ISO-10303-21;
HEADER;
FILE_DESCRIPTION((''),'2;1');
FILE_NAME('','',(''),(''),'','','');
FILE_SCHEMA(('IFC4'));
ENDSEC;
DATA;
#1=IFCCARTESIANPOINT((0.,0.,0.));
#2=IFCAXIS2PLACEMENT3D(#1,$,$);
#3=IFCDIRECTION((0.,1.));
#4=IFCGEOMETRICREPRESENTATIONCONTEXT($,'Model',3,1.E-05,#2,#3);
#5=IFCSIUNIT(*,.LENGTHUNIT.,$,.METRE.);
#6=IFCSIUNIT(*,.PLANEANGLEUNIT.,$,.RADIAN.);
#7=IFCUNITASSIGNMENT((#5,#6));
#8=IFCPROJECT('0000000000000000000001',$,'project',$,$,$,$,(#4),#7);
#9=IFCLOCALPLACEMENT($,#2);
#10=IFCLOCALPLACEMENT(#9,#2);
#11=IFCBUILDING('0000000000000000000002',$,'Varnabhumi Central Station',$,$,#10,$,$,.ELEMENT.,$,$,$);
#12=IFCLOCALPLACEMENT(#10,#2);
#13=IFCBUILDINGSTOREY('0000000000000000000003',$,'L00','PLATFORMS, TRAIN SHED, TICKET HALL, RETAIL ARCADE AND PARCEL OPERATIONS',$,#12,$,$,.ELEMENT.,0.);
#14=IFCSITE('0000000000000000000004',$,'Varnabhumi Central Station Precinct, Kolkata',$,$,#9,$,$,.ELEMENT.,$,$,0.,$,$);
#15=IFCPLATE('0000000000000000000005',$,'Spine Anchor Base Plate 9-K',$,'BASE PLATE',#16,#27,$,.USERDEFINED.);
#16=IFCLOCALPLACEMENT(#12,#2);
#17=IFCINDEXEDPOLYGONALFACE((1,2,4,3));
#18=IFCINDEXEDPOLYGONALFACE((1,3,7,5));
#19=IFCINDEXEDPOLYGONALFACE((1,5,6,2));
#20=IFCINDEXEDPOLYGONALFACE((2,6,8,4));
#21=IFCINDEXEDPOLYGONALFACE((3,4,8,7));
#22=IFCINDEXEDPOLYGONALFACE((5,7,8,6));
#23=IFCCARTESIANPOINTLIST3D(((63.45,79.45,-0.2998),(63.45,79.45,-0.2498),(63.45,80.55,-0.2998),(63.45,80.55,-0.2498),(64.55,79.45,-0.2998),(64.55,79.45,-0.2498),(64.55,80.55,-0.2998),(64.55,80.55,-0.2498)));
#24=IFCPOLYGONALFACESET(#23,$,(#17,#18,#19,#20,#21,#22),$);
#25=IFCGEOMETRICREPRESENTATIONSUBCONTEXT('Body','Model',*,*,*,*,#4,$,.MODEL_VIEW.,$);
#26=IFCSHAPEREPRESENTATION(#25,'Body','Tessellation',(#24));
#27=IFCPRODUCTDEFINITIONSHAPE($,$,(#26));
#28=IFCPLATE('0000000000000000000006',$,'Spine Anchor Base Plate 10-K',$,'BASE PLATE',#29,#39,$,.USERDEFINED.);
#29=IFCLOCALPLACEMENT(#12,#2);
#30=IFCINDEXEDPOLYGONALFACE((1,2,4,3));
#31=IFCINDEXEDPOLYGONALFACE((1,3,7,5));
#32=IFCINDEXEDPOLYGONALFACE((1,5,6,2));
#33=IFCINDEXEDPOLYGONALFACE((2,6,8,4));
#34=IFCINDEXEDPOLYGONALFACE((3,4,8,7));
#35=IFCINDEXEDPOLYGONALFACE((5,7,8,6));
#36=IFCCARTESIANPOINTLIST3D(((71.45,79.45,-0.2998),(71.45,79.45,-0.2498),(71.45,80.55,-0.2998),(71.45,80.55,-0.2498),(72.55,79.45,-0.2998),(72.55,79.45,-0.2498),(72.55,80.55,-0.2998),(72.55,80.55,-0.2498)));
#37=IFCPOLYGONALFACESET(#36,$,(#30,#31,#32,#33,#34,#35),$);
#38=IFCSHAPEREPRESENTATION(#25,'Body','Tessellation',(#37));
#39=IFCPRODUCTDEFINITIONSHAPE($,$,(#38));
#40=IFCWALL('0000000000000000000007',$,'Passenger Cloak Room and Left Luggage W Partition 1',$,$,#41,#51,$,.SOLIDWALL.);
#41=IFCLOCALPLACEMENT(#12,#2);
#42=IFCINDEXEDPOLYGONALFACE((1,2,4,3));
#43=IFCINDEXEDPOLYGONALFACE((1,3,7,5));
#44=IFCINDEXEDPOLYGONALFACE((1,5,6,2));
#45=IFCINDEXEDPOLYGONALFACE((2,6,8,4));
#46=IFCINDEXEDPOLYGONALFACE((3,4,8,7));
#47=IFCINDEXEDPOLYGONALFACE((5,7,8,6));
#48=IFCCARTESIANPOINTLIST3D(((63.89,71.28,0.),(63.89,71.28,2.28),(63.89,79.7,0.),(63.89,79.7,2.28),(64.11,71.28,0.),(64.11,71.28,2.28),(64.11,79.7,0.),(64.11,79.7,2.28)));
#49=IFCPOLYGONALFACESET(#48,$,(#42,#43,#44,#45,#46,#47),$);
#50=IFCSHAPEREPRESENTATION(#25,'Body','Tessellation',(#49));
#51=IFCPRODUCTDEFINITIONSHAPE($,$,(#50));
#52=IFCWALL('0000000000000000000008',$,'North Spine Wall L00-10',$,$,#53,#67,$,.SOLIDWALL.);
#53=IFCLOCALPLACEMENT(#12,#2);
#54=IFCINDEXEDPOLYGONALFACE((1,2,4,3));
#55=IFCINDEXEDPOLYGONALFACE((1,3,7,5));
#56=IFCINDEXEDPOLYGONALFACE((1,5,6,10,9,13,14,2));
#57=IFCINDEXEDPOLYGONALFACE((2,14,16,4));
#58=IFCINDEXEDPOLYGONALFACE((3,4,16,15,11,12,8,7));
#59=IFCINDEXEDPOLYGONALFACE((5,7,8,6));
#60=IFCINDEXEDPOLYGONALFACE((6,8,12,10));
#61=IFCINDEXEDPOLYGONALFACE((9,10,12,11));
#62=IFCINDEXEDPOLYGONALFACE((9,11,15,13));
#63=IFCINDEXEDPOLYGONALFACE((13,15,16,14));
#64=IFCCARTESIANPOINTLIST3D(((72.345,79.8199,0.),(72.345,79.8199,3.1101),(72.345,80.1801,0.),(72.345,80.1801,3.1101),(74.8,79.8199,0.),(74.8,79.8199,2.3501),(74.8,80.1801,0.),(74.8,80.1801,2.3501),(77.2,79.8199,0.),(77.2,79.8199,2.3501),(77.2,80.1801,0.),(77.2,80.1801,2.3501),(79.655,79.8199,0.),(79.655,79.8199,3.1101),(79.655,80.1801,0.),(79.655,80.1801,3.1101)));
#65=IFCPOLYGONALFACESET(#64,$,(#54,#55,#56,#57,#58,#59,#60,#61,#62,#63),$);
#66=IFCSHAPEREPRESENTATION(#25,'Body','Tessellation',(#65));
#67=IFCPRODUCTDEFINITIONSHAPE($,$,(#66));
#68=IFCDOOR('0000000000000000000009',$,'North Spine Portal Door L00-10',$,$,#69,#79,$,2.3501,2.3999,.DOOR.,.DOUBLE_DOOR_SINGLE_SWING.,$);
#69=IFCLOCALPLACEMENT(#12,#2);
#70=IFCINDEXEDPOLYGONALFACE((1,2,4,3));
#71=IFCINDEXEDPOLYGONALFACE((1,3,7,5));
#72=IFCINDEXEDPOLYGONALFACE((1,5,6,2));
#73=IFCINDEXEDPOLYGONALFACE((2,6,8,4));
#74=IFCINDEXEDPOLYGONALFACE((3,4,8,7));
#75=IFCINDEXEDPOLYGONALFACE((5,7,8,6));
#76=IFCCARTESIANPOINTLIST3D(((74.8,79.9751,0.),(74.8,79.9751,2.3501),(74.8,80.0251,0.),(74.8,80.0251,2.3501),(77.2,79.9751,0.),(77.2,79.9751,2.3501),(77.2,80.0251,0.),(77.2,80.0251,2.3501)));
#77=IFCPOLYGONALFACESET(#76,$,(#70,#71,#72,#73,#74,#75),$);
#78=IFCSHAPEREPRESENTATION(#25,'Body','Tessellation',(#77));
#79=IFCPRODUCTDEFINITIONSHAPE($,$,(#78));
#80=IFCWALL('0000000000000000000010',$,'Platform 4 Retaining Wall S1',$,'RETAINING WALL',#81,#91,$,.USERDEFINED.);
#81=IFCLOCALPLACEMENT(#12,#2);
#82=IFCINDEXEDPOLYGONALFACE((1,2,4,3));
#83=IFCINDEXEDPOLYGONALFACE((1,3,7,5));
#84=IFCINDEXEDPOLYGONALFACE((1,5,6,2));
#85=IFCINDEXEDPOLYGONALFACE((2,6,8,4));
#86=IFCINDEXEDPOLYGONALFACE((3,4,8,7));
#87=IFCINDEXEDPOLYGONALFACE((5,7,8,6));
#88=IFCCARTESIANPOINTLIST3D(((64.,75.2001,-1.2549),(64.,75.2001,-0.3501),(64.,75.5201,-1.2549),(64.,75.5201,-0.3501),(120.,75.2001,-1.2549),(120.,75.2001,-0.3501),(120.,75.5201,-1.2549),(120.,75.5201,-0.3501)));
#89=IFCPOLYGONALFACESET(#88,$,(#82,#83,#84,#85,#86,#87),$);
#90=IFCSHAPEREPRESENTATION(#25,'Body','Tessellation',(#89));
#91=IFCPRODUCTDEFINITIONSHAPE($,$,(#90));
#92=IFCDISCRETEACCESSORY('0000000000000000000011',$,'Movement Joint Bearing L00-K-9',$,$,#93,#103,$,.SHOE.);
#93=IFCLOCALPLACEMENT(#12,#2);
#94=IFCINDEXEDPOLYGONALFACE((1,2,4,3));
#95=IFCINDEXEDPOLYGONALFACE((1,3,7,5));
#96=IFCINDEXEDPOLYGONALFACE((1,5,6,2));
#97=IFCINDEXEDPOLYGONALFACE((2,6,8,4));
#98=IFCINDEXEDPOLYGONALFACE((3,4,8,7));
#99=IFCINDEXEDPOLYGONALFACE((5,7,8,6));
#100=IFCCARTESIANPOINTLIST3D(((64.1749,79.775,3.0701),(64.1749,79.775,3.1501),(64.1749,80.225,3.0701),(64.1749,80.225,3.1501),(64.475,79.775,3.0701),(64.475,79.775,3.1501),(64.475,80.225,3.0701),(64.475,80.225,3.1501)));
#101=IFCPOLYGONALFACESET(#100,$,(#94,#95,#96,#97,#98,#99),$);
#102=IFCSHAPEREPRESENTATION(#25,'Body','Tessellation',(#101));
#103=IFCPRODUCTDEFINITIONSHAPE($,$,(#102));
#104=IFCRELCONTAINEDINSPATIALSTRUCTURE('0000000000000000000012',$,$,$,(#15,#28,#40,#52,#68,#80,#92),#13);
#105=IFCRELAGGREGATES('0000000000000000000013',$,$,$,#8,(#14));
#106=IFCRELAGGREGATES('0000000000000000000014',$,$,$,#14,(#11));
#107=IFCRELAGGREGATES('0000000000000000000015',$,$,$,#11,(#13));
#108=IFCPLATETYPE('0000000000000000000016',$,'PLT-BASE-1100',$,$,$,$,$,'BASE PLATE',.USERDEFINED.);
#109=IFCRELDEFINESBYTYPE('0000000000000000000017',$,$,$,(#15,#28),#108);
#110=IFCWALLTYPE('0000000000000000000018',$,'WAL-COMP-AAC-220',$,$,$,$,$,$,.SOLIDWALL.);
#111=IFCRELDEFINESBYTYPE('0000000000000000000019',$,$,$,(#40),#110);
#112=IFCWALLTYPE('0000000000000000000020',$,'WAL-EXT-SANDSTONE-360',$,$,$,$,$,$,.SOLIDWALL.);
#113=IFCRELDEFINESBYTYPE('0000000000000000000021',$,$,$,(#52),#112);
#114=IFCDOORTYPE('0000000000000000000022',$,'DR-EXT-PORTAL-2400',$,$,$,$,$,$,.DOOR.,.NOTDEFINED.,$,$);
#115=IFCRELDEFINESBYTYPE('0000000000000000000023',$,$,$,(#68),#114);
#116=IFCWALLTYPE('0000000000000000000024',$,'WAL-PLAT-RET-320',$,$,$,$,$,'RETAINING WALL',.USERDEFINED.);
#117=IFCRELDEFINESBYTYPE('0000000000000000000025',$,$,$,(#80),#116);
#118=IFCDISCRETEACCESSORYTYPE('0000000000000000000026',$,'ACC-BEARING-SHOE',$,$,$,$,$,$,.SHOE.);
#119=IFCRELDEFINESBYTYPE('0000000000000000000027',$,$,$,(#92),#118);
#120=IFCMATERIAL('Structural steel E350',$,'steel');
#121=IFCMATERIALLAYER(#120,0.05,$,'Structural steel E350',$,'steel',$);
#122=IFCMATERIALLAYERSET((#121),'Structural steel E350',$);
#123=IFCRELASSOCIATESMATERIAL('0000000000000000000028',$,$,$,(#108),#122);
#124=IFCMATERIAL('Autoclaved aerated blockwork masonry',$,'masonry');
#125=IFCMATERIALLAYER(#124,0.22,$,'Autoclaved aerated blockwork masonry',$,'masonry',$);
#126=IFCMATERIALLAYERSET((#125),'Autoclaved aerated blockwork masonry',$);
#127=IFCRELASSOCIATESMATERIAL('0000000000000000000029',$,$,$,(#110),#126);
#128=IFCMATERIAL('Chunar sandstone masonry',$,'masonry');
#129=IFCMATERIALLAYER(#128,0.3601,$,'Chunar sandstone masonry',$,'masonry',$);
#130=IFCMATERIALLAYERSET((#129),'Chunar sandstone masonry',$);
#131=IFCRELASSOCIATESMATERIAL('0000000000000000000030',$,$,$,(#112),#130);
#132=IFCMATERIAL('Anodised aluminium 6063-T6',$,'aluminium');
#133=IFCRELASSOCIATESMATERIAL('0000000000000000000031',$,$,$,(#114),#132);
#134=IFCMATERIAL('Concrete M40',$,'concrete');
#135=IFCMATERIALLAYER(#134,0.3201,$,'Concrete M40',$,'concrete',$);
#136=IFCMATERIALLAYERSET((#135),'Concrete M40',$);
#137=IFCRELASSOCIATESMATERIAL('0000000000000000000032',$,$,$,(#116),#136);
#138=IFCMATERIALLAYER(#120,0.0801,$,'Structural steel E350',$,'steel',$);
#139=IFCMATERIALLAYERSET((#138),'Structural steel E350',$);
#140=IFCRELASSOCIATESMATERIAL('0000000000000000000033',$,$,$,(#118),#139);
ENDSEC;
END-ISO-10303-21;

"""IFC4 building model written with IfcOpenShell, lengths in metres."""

from ifc_helpers import new_model, si_unit, direction, frame, frame_2d, origin, origin_2d, place, context, subcontext, project, spatial, rectangle, extrude, material, layer, layer_set, type_object, element, fill, save


model = new_model("IFC4")

# Units and contexts
model_context = context("Model", 3, precision=1e-05, world=origin(), true_north=direction((0.0, 1.0)))
body_context = subcontext(model_context, "Body", "Model", "MODEL_VIEW")
ifc_project = project(units=[si_unit("LENGTHUNIT", "METRE"), si_unit("PLANEANGLEUNIT", "RADIAN")], contexts=[model_context])

# Site, building, storey
site_placement = place(None, origin())
site = spatial("IfcSite", under=ifc_project, at=site_placement, Name="Varnabhumi Central Station Precinct, Kolkata", CompositionType="ELEMENT", RefElevation=0.0)
building_placement = place(site_placement, origin())
building = spatial("IfcBuilding", under=site, at=building_placement, Name="Varnabhumi Central Station", CompositionType="ELEMENT")
storey_placement = place(building_placement, origin())
storey = spatial("IfcBuildingStorey", under=building, at=storey_placement, Name="L00", Description="PLATFORMS, TRAIN SHED, TICKET HALL, RETAIL ARCADE AND PARCEL OPERATIONS", CompositionType="ELEMENT", Elevation=0.0)

# Shared definitions
ifc_material_1 = material(Name="Concrete M40", Category="concrete")

# Shared definitions
ifc_material_2 = material(Name="Anodised aluminium 6063-T6", Category="aluminium")

# Plates
ifc_material_3 = material(Name="Structural steel E350", Category="steel")
ifc_layer_1 = layer(ifc_material_3, 0.05, Name="Structural steel E350", Category="steel")
ifc_layer_set_1 = layer_set([ifc_layer_1], Name="Structural steel E350")
plate_type_1 = type_object("IfcPlateType", Name="PLT-BASE-1100", ElementType="BASE PLATE", PredefinedType="USERDEFINED", material=ifc_layer_set_1)
for number, where, z_axis, x_axis, name in (
    (1, (64.0, 80.0, -0.2998), (0.0, 0.0, 1.0), (1.0, 0.0, 0.0), "Spine Anchor Base Plate 9-K"),
    (2, (72.0, 80.0, -0.2998), (0.0, 0.0, 1.0), (1.0, 0.0, 0.0), "Spine Anchor Base Plate 10-K"),
):
    element("IfcPlate", number, at=place(storey_placement, frame(where, z_axis=z_axis, x_axis=x_axis)), inside=storey, type_object=plate_type_1, Name=name, ObjectType="BASE PLATE", PredefinedType="USERDEFINED", context=body_context, shape_type="SweptSolid", body=[
        extrude(rectangle(XDim=1.1001, YDim=1.1001, at=origin_2d()), origin(), (0.0, 0.0, 1.0), 0.05),
    ])

# Wall
ifc_material_4 = material(Name="Autoclaved aerated blockwork masonry", Category="masonry")
ifc_layer_2 = layer(ifc_material_4, 0.22, Name="Autoclaved aerated blockwork masonry", Category="masonry")
ifc_layer_set_2 = layer_set([ifc_layer_2], Name="Autoclaved aerated blockwork masonry")
wall_type_1 = type_object("IfcWallType", Name="WAL-COMP-AAC-220", PredefinedType="SOLIDWALL", material=ifc_layer_set_2)
wall_1_placement = place(storey_placement, frame((64.0, 71.28, 0.0), z_axis=(0.0, 0.0, 1.0), x_axis=(0.0, 1.0, 0.0)))
element("IfcWall", 3, at=wall_1_placement, inside=storey, type_object=wall_type_1, Name="Passenger Cloak Room and Left Luggage W Partition 1", PredefinedType="SOLIDWALL", context=body_context, shape_type="SweptSolid", body=[
    extrude(rectangle(XDim=8.4199, YDim=0.22, at=frame_2d((4.21, 0.0))), origin(), (0.0, 0.0, 1.0), 2.28),
])

# Wall, opening, door
ifc_material_5 = material(Name="Chunar sandstone masonry", Category="masonry")
ifc_layer_3 = layer(ifc_material_5, 0.3601, Name="Chunar sandstone masonry", Category="masonry")
ifc_layer_set_3 = layer_set([ifc_layer_3], Name="Chunar sandstone masonry")
wall_type_2 = type_object("IfcWallType", Name="WAL-EXT-SANDSTONE-360", PredefinedType="SOLIDWALL", material=ifc_layer_set_3)
wall_2_placement = place(storey_placement, frame((72.345, 80.0, 0.0), z_axis=(0.0, 0.0, 1.0), x_axis=(1.0, 0.0, 0.0)))
wall_2 = element("IfcWall", 4, at=wall_2_placement, inside=storey, type_object=wall_type_2, Name="North Spine Wall L00-10", PredefinedType="SOLIDWALL", context=body_context, shape_type="SweptSolid", body=[
    extrude(rectangle(XDim=7.3101, YDim=0.3601, at=frame_2d((3.655, 0.0))), origin(), (0.0, 0.0, 1.0), 3.1101),
])
opening_placement = place(wall_2_placement, frame((2.4551, 0.0, 0.0)))
opening = element("IfcOpeningElement", 5, at=opening_placement, cuts=wall_2, PredefinedType="OPENING", context=body_context, shape_type="SweptSolid", body=[
    extrude(rectangle(XDim=2.3999, YDim=2.3501, at=frame_2d((1.2, 1.175))), frame((0.0, 0.1899, 0.0), z_axis=(0.0, -1.0, 0.0), x_axis=(1.0, 0.0, 0.0)), (0.0, 0.0, 1.0), 0.3801),
])
door_type = type_object("IfcDoorType", Name="DR-EXT-PORTAL-2400", OperationType="NOTDEFINED", PredefinedType="DOOR", material=ifc_material_2)
door_placement = place(opening_placement, frame((2.3999, 0.0, 0.0), z_axis=(0.0, 0.0, 1.0), x_axis=(-1.0, 0.0, 0.0)))
door = element("IfcDoor", 6, at=door_placement, inside=storey, type_object=door_type, Name="North Spine Portal Door L00-10", OperationType="DOUBLE_DOOR_SINGLE_SWING", OverallHeight=2.3501, OverallWidth=2.3999, PredefinedType="DOOR", context=body_context, shape_type="SweptSolid", body=[
    extrude(rectangle(XDim=2.3999, YDim=2.3501, at=frame_2d((1.2, 1.175))), frame((0.0, 0.0249, 0.0), z_axis=(0.0, -1.0, 0.0), x_axis=(1.0, 0.0, 0.0)), (0.0, 0.0, 1.0), 0.05),
])
fill(opening, door)

# Wall
ifc_layer_4 = layer(ifc_material_1, 0.3201, Name="Concrete M40", Category="concrete")
ifc_layer_set_4 = layer_set([ifc_layer_4], Name="Concrete M40")
wall_type_3 = type_object("IfcWallType", Name="WAL-PLAT-RET-320", ElementType="RETAINING WALL", PredefinedType="USERDEFINED", material=ifc_layer_set_4)
wall_3_placement = place(storey_placement, frame((64.0, 75.3601, -1.2549), z_axis=(0.0, 0.0, 1.0), x_axis=(1.0, 0.0, 0.0)))
element("IfcWall", 7, at=wall_3_placement, inside=storey, type_object=wall_type_3, Name="Platform 4 Retaining Wall S1", ObjectType="RETAINING WALL", PredefinedType="USERDEFINED", context=body_context, shape_type="SweptSolid", body=[
    extrude(rectangle(XDim=56.0, YDim=0.3201, at=frame_2d((28.0, 0.0))), origin(), (0.0, 0.0, 1.0), 0.9048),
])

# Discrete accessory
ifc_layer_5 = layer(ifc_material_3, 0.0801, Name="Structural steel E350", Category="steel")
ifc_layer_set_5 = layer_set([ifc_layer_5], Name="Structural steel E350")
discrete_accessory_type = type_object("IfcDiscreteAccessoryType", Name="ACC-BEARING-SHOE", PredefinedType="SHOE", material=ifc_layer_set_5)
discrete_accessory_placement = place(storey_placement, frame((64.325, 80.0, 3.0701), z_axis=(0.0, 0.0, 1.0), x_axis=(1.0, 0.0, 0.0)))
element("IfcDiscreteAccessory", 8, at=discrete_accessory_placement, inside=storey, type_object=discrete_accessory_type, Name="Movement Joint Bearing L00-K-9", PredefinedType="SHOE", context=body_context, shape_type="SweptSolid", body=[
    extrude(rectangle(XDim=0.3, YDim=0.45, at=origin_2d()), origin(), (0.0, 0.0, 1.0), 0.0801),
])

save(model, "model.ifc")
